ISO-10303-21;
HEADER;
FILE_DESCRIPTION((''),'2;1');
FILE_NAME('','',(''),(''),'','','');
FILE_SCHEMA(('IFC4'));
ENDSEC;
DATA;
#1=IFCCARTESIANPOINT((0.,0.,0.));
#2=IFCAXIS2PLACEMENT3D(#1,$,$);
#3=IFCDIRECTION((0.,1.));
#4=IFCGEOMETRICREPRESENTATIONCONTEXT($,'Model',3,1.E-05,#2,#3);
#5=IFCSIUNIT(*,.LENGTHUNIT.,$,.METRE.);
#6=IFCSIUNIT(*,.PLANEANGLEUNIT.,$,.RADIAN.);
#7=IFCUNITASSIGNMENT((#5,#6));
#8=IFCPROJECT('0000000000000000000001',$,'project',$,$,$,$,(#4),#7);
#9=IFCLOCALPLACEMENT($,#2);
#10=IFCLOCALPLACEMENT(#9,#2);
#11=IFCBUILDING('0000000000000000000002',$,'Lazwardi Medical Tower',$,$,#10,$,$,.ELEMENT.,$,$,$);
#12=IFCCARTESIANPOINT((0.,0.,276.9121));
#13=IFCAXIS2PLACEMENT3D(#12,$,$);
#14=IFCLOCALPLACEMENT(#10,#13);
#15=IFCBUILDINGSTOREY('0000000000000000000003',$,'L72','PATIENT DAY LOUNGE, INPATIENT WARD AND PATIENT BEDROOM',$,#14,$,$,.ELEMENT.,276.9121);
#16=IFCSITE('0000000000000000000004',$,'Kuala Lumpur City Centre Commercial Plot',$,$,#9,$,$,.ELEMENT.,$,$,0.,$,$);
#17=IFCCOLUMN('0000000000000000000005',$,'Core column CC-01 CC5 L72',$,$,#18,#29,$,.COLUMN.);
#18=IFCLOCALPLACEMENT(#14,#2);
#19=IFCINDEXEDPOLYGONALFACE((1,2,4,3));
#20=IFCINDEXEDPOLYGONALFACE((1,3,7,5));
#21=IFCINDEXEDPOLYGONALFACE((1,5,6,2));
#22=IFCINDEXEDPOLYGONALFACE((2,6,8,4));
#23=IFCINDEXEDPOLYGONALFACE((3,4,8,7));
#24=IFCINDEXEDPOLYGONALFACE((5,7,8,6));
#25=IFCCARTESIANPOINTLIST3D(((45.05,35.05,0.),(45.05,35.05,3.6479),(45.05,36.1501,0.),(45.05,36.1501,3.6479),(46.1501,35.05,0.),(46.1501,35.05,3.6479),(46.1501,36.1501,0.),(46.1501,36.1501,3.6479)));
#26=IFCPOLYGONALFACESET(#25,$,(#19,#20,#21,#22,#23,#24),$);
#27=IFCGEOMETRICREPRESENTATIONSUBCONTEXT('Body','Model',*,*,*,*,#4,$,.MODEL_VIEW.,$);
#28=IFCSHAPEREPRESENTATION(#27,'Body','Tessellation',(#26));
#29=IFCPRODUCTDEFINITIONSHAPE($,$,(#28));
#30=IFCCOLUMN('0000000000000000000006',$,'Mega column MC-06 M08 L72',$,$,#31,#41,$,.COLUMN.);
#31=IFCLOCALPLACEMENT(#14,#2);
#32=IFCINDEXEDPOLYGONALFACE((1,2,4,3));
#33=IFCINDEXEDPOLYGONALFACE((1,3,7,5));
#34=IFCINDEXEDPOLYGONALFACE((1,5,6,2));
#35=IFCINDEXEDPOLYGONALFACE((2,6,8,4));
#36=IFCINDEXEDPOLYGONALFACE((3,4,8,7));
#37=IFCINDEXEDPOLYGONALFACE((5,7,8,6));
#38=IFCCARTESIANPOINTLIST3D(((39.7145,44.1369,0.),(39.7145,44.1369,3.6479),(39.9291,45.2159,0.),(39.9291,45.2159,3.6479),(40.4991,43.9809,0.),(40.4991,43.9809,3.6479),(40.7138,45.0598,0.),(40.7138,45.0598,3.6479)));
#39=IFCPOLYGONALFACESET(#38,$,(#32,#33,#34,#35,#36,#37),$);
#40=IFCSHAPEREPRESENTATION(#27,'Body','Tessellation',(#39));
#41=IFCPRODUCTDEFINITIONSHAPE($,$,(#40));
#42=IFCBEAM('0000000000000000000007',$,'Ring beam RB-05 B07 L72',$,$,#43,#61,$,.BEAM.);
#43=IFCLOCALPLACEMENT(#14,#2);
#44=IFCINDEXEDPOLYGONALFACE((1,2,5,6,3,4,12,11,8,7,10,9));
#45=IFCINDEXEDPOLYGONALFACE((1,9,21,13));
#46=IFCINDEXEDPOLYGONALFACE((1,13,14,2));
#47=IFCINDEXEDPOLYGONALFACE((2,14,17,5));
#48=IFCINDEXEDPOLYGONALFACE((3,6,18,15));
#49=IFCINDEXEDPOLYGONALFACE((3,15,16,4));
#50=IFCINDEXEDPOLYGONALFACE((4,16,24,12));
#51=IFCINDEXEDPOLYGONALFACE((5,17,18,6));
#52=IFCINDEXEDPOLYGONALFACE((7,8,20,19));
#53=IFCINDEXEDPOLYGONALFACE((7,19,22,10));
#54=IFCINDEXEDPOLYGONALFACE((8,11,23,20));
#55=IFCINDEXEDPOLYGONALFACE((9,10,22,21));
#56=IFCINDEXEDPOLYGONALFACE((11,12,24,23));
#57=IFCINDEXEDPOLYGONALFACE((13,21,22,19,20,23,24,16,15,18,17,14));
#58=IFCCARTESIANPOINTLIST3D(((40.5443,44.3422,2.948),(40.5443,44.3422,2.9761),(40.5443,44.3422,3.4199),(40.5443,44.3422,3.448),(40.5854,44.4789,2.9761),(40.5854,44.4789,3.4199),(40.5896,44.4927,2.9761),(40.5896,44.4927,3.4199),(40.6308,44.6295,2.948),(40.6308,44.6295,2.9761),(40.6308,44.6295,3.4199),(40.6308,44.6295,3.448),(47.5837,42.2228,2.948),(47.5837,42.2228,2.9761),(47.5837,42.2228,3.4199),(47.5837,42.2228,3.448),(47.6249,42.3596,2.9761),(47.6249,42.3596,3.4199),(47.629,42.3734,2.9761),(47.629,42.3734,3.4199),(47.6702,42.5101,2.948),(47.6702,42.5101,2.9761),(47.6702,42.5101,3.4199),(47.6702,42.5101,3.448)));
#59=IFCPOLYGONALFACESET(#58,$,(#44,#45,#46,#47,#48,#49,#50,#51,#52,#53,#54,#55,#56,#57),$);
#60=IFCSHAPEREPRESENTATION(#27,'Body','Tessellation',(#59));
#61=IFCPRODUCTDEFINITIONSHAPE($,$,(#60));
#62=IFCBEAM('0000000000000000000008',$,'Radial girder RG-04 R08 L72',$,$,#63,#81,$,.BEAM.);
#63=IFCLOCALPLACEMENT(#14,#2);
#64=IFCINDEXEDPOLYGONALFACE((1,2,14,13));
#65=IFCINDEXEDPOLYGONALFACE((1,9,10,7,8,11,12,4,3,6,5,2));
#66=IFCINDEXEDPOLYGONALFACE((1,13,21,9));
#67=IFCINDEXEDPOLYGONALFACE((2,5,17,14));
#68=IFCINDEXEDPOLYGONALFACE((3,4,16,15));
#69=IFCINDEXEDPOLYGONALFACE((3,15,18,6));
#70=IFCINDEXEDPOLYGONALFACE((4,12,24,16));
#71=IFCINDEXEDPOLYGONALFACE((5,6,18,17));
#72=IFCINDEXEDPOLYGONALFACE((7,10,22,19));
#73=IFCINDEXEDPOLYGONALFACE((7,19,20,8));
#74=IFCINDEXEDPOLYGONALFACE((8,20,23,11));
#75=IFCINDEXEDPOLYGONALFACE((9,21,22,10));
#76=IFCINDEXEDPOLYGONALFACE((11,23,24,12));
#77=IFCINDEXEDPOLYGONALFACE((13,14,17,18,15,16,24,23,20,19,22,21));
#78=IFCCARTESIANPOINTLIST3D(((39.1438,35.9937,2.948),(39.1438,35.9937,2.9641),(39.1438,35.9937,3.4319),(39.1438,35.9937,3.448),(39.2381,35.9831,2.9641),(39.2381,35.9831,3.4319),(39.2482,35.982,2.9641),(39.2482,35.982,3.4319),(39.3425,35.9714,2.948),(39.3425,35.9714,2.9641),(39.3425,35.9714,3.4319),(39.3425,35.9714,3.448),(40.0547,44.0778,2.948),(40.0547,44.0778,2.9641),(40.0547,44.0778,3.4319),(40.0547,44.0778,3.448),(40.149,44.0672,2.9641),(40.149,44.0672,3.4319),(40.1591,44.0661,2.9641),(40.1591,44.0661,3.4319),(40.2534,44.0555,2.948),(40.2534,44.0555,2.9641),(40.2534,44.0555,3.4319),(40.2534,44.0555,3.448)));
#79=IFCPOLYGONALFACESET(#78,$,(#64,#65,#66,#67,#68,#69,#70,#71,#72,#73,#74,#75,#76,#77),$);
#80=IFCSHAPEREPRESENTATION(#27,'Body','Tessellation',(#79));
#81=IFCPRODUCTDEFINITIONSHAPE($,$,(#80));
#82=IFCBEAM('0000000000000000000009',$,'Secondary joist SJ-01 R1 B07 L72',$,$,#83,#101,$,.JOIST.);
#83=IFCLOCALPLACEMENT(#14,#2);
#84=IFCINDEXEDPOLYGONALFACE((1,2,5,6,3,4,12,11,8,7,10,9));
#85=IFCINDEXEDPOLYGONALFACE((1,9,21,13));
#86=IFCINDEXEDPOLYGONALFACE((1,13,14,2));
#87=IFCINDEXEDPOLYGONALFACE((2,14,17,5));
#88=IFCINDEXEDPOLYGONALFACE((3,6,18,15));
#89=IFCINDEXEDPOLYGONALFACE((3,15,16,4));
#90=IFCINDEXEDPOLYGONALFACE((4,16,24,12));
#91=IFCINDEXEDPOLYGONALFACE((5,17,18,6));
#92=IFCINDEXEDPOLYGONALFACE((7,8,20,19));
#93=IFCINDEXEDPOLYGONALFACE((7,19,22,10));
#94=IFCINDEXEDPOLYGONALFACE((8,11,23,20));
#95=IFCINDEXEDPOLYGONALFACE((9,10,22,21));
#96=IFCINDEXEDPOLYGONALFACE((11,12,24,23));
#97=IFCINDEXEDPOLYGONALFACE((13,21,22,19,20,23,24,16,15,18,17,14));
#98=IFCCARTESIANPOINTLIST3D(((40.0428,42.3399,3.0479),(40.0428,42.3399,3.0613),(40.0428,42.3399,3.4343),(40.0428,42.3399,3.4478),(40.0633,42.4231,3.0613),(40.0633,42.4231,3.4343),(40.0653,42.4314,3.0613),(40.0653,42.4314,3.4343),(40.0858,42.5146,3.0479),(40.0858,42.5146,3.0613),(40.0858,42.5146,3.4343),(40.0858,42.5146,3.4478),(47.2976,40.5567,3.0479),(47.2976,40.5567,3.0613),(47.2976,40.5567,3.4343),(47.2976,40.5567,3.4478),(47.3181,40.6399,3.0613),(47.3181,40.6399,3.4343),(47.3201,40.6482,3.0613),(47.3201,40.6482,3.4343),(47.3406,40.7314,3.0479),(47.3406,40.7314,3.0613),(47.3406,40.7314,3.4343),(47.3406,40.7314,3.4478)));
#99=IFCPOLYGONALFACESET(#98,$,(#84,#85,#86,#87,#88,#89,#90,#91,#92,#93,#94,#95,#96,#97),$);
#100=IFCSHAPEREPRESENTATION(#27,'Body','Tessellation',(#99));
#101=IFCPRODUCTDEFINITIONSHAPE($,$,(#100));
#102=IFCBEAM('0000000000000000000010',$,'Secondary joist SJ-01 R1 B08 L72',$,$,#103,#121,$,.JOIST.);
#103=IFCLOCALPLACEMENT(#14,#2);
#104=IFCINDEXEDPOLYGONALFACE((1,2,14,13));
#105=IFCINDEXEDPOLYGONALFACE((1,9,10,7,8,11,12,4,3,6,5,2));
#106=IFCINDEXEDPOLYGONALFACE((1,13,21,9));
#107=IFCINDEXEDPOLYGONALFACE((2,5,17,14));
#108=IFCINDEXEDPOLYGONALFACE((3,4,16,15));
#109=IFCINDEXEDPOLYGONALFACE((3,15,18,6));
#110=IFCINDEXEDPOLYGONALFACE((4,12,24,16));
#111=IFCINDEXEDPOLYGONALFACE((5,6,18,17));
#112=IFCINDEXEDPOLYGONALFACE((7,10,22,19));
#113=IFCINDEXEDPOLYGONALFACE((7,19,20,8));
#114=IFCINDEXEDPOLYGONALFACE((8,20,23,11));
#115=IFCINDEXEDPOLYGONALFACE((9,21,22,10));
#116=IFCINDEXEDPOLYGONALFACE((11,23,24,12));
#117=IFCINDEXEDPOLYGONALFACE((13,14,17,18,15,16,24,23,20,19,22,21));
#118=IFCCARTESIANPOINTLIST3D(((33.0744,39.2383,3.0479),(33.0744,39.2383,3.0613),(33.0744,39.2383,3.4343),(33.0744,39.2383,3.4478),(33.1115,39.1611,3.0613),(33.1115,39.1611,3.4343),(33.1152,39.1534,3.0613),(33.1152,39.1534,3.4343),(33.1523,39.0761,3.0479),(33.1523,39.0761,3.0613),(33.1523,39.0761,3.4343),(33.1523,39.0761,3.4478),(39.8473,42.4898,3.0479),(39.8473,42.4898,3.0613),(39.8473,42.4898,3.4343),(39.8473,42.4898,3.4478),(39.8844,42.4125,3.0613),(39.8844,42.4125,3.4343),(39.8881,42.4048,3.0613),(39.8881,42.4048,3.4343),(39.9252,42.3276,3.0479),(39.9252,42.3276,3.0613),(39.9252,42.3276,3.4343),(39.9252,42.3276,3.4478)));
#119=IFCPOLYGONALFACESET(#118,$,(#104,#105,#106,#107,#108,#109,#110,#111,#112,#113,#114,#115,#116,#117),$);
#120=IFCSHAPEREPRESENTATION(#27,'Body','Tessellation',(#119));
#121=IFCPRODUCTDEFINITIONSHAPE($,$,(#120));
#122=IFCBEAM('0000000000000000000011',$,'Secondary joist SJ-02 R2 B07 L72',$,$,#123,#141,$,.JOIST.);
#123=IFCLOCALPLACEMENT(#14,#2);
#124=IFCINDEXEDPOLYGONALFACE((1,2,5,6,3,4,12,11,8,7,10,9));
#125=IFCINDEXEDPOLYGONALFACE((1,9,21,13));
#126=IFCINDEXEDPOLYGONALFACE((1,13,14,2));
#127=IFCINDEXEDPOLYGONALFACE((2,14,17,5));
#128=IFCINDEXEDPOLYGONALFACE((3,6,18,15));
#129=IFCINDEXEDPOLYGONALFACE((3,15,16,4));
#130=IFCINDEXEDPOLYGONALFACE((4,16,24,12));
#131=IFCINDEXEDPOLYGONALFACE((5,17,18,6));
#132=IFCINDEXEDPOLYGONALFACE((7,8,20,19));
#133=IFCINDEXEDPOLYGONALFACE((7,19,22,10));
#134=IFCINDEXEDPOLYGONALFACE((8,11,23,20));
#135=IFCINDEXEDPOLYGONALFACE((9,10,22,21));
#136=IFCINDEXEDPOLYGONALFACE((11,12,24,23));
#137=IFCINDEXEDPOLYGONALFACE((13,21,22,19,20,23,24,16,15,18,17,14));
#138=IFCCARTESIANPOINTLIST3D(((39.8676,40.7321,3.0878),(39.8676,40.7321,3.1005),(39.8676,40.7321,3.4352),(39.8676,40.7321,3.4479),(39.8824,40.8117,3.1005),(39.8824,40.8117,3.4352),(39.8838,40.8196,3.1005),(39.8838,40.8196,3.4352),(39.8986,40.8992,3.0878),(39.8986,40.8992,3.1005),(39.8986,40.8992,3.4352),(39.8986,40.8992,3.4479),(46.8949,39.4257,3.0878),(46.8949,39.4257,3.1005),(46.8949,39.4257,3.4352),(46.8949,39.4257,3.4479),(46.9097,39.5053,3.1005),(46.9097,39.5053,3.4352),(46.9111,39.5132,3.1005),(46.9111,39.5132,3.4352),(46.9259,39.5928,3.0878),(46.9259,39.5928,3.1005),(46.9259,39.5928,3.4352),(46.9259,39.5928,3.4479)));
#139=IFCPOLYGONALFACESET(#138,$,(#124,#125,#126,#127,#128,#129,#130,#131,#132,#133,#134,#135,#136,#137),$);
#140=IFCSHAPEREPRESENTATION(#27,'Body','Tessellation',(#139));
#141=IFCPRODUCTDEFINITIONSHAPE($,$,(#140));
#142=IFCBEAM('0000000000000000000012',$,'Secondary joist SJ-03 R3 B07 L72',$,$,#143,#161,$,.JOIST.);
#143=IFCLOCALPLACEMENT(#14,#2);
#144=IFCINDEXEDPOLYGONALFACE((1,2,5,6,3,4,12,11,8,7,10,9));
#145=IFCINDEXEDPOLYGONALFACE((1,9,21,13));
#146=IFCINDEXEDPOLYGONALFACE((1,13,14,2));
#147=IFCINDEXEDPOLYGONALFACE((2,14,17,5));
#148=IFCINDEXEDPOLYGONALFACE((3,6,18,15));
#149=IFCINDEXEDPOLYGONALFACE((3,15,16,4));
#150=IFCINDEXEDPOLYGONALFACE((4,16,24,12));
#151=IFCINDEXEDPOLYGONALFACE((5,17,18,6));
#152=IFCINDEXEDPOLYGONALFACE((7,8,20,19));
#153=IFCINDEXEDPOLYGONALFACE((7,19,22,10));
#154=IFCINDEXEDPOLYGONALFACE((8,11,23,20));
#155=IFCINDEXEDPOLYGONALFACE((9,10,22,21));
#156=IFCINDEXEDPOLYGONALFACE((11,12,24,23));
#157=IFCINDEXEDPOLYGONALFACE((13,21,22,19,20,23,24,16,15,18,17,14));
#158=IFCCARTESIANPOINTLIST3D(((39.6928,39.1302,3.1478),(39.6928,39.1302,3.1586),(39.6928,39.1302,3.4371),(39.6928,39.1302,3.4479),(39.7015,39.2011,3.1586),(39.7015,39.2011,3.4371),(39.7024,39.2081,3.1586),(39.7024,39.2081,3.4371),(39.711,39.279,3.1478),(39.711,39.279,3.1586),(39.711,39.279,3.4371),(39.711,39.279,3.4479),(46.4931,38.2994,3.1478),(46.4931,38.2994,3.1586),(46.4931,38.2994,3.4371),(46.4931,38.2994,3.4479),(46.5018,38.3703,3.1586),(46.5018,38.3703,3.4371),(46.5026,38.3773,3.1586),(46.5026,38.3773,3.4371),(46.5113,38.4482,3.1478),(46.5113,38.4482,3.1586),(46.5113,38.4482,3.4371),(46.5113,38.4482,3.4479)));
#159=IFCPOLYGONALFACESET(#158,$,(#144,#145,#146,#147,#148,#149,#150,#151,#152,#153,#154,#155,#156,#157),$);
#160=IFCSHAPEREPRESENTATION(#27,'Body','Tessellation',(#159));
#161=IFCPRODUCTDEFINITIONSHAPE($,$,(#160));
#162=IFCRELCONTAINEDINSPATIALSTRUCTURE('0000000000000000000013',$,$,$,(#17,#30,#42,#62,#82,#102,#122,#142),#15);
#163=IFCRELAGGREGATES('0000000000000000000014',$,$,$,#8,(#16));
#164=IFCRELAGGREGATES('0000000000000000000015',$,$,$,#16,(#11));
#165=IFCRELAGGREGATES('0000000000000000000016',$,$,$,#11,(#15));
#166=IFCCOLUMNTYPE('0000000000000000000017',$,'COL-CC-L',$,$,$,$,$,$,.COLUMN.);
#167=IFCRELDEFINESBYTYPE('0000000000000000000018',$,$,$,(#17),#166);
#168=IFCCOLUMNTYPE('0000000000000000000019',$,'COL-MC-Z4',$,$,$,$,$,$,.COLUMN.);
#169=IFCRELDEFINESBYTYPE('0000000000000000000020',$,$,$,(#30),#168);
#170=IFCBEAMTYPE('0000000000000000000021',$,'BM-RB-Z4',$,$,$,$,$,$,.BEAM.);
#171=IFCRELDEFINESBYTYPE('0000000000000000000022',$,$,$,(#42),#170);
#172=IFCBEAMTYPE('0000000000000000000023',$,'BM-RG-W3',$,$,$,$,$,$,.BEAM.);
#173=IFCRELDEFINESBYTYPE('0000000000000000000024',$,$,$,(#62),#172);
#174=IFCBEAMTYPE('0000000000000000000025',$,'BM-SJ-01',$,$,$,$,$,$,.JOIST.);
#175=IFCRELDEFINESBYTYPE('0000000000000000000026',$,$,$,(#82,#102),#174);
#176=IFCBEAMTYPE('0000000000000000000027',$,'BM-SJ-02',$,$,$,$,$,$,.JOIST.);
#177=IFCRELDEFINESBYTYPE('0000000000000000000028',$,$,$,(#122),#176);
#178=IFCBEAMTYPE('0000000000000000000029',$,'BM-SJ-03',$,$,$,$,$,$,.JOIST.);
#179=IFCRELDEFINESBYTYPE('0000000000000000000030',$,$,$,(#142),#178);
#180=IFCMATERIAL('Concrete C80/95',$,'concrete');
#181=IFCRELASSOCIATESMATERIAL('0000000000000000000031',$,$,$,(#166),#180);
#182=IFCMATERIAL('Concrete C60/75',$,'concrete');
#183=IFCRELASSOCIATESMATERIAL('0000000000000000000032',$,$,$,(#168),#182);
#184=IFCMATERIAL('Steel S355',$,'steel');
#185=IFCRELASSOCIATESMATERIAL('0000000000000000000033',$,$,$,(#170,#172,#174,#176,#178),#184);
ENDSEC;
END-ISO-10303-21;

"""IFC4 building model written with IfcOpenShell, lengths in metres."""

from ifc_helpers import new_model, si_unit, direction, frame, origin, origin_2d, place, context, subcontext, project, spatial, rectangle, i_section, extrude, material, material_profile, profile_set, type_object, element, save


model = new_model("IFC4")

# Units and contexts
model_context = context("Model", 3, precision=1e-05, world=origin(), true_north=direction((0.0, 1.0)))
body_context = subcontext(model_context, "Body", "Model", "MODEL_VIEW")
ifc_project = project(units=[si_unit("LENGTHUNIT", "METRE"), si_unit("PLANEANGLEUNIT", "RADIAN")], contexts=[model_context])

# Site, building, storey
site_placement = place(None, origin())
site = spatial("IfcSite", under=ifc_project, at=site_placement, Name="Kuala Lumpur City Centre Commercial Plot", CompositionType="ELEMENT", RefElevation=0.0)
building_placement = place(site_placement, origin())
building = spatial("IfcBuilding", under=site, at=building_placement, Name="Lazwardi Medical Tower", CompositionType="ELEMENT")
storey_placement = place(building_placement, frame((0.0, 0.0, 276.9121)))
storey = spatial("IfcBuildingStorey", under=building, at=storey_placement, Name="L72", Description="PATIENT DAY LOUNGE, INPATIENT WARD AND PATIENT BEDROOM", CompositionType="ELEMENT", Elevation=276.9121)

# Columns
ifc_material_1 = material(Name="Concrete C80/95", Category="concrete")
ifc_material_profile_1 = material_profile(ifc_material_1, rectangle(XDim=1.1001, YDim=1.1001, at=origin_2d()), Name="RC 1100x1100")
ifc_profile_set_1 = profile_set([ifc_material_profile_1], Name="Concrete C80/95")
column_type_1 = type_object("IfcColumnType", Name="COL-CC-L", PredefinedType="COLUMN", material=ifc_profile_set_1)
column_1_placement = place(storey_placement, frame((45.6001, 35.6001, 0.0), z_axis=(0.0, 0.0, 1.0), x_axis=(1.0, 0.0, 0.0)))
element("IfcColumn", 1, at=column_1_placement, inside=storey, type_object=column_type_1, Name="Core column CC-01 CC5 L72", PredefinedType="COLUMN", context=body_context, shape_type="SweptSolid", body=[
    extrude(rectangle(XDim=1.1001, YDim=1.1001, at=origin_2d()), origin(), (0.0, 0.0, 1.0), 3.6479),
])
ifc_material_2 = material(Name="Concrete C60/75", Category="concrete")
ifc_material_profile_2 = material_profile(ifc_material_2, rectangle(XDim=1.1001, YDim=0.8, at=origin_2d()), Name="CFT-RECT 1100x800")
ifc_profile_set_2 = profile_set([ifc_material_profile_2], Name="Concrete C60/75")
column_type_2 = type_object("IfcColumnType", Name="COL-MC-Z4", PredefinedType="COLUMN", material=ifc_profile_set_2)
column_2_placement = place(storey_placement, frame((40.2141, 44.5984, 0.0), z_axis=(0.0, 0.0, 1.0), x_axis=(0.19509, 0.980785, 0.0)))
element("IfcColumn", 2, at=column_2_placement, inside=storey, type_object=column_type_2, Name="Mega column MC-06 M08 L72", PredefinedType="COLUMN", context=body_context, shape_type="SweptSolid", body=[
    extrude(rectangle(XDim=1.1001, YDim=0.8, at=origin_2d()), origin(), (0.0, 0.0, 1.0), 3.6479),
])

# Beams
ifc_material_3 = material(Name="Steel S355", Category="steel")
ifc_material_profile_3 = material_profile(ifc_material_3, i_section(OverallWidth=0.3, OverallDepth=0.5, WebThickness=0.0144, FlangeThickness=0.0281, at=origin_2d()), Name="HEB 500")
ifc_profile_set_3 = profile_set([ifc_material_profile_3], Name="Steel S355")
beam_type_1 = type_object("IfcBeamType", Name="BM-RB-Z4", PredefinedType="BEAM", material=ifc_profile_set_3)
beam_1_placement = place(storey_placement, frame((47.627, 42.3665, 3.198), z_axis=(-0.957544, 0.288286, 0.0), x_axis=(-0.288286, -0.957544, 0.0)))
element("IfcBeam", 3, at=beam_1_placement, inside=storey, type_object=beam_type_1, Name="Ring beam RB-05 B07 L72", PredefinedType="BEAM", context=body_context, shape_type="SweptSolid", body=[
    extrude(i_section(OverallWidth=0.3, OverallDepth=0.5, WebThickness=0.0144, FlangeThickness=0.0281, at=origin_2d()), origin(), (0.0, 0.0, 1.0), 7.3516),
])
ifc_material_profile_4 = material_profile(ifc_material_3, i_section(OverallWidth=0.2, OverallDepth=0.5, WebThickness=0.0103, FlangeThickness=0.0161, at=origin_2d()), Name="IPE 500")
ifc_profile_set_4 = profile_set([ifc_material_profile_4], Name="Steel S355")
beam_type_2 = type_object("IfcBeamType", Name="BM-RG-W3", PredefinedType="BEAM", material=ifc_profile_set_4)
beam_2_placement = place(storey_placement, frame((40.1541, 44.0667, 3.198), z_axis=(-0.11197, -0.993712, 0.0), x_axis=(0.993712, -0.11197, 0.0)))
element("IfcBeam", 4, at=beam_2_placement, inside=storey, type_object=beam_type_2, Name="Radial girder RG-04 R08 L72", PredefinedType="BEAM", context=body_context, shape_type="SweptSolid", body=[
    extrude(i_section(OverallWidth=0.2, OverallDepth=0.5, WebThickness=0.0103, FlangeThickness=0.0161, at=origin_2d()), origin(), (0.0, 0.0, 1.0), 8.1353),
])
ifc_material_profile_5 = material_profile(ifc_material_3, i_section(OverallWidth=0.1799, OverallDepth=0.3999, WebThickness=0.0085, FlangeThickness=0.0134, at=origin_2d()), Name="IPE 400")
ifc_profile_set_5 = profile_set([ifc_material_profile_5], Name="Steel S355")
beam_type_3 = type_object("IfcBeamType", Name="BM-SJ-01", PredefinedType="JOIST", material=ifc_profile_set_5)
beam_3_placement = place(storey_placement, frame((47.3191, 40.644, 3.2478), z_axis=(-0.971096, 0.238689, 0.0), x_axis=(-0.238689, -0.971096, 0.0)))
element("IfcBeam", 5, at=beam_3_placement, inside=storey, type_object=beam_type_3, Name="Secondary joist SJ-01 R1 B07 L72", PredefinedType="JOIST", context=body_context, shape_type="SweptSolid", body=[
    extrude(i_section(OverallWidth=0.1799, OverallDepth=0.3999, WebThickness=0.0085, FlangeThickness=0.0134, at=origin_2d()), origin(), (0.0, 0.0, 1.0), 7.4707),
])
beam_4_placement = place(storey_placement, frame((39.8862, 42.4087, 3.2478), z_axis=(-0.9015, -0.43278, 0.0), x_axis=(0.43278, -0.9015, 0.0)))
element("IfcBeam", 6, at=beam_4_placement, inside=storey, type_object=beam_type_3, Name="Secondary joist SJ-01 R1 B08 L72", PredefinedType="JOIST", context=body_context, shape_type="SweptSolid", body=[
    extrude(i_section(OverallWidth=0.1799, OverallDepth=0.3999, WebThickness=0.0085, FlangeThickness=0.0134, at=origin_2d()), origin(), (0.0, 0.0, 1.0), 7.5129),
])
ifc_material_profile_6 = material_profile(ifc_material_3, i_section(OverallWidth=0.1699, OverallDepth=0.3601, WebThickness=0.0081, FlangeThickness=0.0127, at=origin_2d()), Name="IPE 360")
ifc_profile_set_6 = profile_set([ifc_material_profile_6], Name="Steel S355")
beam_type_4 = type_object("IfcBeamType", Name="BM-SJ-02", PredefinedType="JOIST", material=ifc_profile_set_6)
beam_5_placement = place(storey_placement, frame((46.9104, 39.5093, 3.2678), z_axis=(-0.983156, 0.18277, 0.0), x_axis=(-0.18277, -0.983156, 0.0)))
element("IfcBeam", 7, at=beam_5_placement, inside=storey, type_object=beam_type_4, Name="Secondary joist SJ-02 R2 B07 L72", PredefinedType="JOIST", context=body_context, shape_type="SweptSolid", body=[
    extrude(i_section(OverallWidth=0.1699, OverallDepth=0.3601, WebThickness=0.0081, FlangeThickness=0.0127, at=origin_2d()), origin(), (0.0, 0.0, 1.0), 7.1477),
])
ifc_material_profile_7 = material_profile(ifc_material_3, i_section(OverallWidth=0.1499, OverallDepth=0.3, WebThickness=0.0071, FlangeThickness=0.0107, at=origin_2d()), Name="IPE 300")
ifc_profile_set_7 = profile_set([ifc_material_profile_7], Name="Steel S355")
beam_type_5 = type_object("IfcBeamType", Name="BM-SJ-03", PredefinedType="JOIST", material=ifc_profile_set_7)
beam_6_placement = place(storey_placement, frame((46.5022, 38.3738, 3.2979), z_axis=(-0.992619, 0.121271, 0.0), x_axis=(-0.121271, -0.992619, 0.0)))
element("IfcBeam", 8, at=beam_6_placement, inside=storey, type_object=beam_type_5, Name="Secondary joist SJ-03 R3 B07 L72", PredefinedType="JOIST", context=body_context, shape_type="SweptSolid", body=[
    extrude(i_section(OverallWidth=0.1499, OverallDepth=0.3, WebThickness=0.0071, FlangeThickness=0.0107, at=origin_2d()), origin(), (0.0, 0.0, 1.0), 6.8508),
])

save(model, "model.ifc")
